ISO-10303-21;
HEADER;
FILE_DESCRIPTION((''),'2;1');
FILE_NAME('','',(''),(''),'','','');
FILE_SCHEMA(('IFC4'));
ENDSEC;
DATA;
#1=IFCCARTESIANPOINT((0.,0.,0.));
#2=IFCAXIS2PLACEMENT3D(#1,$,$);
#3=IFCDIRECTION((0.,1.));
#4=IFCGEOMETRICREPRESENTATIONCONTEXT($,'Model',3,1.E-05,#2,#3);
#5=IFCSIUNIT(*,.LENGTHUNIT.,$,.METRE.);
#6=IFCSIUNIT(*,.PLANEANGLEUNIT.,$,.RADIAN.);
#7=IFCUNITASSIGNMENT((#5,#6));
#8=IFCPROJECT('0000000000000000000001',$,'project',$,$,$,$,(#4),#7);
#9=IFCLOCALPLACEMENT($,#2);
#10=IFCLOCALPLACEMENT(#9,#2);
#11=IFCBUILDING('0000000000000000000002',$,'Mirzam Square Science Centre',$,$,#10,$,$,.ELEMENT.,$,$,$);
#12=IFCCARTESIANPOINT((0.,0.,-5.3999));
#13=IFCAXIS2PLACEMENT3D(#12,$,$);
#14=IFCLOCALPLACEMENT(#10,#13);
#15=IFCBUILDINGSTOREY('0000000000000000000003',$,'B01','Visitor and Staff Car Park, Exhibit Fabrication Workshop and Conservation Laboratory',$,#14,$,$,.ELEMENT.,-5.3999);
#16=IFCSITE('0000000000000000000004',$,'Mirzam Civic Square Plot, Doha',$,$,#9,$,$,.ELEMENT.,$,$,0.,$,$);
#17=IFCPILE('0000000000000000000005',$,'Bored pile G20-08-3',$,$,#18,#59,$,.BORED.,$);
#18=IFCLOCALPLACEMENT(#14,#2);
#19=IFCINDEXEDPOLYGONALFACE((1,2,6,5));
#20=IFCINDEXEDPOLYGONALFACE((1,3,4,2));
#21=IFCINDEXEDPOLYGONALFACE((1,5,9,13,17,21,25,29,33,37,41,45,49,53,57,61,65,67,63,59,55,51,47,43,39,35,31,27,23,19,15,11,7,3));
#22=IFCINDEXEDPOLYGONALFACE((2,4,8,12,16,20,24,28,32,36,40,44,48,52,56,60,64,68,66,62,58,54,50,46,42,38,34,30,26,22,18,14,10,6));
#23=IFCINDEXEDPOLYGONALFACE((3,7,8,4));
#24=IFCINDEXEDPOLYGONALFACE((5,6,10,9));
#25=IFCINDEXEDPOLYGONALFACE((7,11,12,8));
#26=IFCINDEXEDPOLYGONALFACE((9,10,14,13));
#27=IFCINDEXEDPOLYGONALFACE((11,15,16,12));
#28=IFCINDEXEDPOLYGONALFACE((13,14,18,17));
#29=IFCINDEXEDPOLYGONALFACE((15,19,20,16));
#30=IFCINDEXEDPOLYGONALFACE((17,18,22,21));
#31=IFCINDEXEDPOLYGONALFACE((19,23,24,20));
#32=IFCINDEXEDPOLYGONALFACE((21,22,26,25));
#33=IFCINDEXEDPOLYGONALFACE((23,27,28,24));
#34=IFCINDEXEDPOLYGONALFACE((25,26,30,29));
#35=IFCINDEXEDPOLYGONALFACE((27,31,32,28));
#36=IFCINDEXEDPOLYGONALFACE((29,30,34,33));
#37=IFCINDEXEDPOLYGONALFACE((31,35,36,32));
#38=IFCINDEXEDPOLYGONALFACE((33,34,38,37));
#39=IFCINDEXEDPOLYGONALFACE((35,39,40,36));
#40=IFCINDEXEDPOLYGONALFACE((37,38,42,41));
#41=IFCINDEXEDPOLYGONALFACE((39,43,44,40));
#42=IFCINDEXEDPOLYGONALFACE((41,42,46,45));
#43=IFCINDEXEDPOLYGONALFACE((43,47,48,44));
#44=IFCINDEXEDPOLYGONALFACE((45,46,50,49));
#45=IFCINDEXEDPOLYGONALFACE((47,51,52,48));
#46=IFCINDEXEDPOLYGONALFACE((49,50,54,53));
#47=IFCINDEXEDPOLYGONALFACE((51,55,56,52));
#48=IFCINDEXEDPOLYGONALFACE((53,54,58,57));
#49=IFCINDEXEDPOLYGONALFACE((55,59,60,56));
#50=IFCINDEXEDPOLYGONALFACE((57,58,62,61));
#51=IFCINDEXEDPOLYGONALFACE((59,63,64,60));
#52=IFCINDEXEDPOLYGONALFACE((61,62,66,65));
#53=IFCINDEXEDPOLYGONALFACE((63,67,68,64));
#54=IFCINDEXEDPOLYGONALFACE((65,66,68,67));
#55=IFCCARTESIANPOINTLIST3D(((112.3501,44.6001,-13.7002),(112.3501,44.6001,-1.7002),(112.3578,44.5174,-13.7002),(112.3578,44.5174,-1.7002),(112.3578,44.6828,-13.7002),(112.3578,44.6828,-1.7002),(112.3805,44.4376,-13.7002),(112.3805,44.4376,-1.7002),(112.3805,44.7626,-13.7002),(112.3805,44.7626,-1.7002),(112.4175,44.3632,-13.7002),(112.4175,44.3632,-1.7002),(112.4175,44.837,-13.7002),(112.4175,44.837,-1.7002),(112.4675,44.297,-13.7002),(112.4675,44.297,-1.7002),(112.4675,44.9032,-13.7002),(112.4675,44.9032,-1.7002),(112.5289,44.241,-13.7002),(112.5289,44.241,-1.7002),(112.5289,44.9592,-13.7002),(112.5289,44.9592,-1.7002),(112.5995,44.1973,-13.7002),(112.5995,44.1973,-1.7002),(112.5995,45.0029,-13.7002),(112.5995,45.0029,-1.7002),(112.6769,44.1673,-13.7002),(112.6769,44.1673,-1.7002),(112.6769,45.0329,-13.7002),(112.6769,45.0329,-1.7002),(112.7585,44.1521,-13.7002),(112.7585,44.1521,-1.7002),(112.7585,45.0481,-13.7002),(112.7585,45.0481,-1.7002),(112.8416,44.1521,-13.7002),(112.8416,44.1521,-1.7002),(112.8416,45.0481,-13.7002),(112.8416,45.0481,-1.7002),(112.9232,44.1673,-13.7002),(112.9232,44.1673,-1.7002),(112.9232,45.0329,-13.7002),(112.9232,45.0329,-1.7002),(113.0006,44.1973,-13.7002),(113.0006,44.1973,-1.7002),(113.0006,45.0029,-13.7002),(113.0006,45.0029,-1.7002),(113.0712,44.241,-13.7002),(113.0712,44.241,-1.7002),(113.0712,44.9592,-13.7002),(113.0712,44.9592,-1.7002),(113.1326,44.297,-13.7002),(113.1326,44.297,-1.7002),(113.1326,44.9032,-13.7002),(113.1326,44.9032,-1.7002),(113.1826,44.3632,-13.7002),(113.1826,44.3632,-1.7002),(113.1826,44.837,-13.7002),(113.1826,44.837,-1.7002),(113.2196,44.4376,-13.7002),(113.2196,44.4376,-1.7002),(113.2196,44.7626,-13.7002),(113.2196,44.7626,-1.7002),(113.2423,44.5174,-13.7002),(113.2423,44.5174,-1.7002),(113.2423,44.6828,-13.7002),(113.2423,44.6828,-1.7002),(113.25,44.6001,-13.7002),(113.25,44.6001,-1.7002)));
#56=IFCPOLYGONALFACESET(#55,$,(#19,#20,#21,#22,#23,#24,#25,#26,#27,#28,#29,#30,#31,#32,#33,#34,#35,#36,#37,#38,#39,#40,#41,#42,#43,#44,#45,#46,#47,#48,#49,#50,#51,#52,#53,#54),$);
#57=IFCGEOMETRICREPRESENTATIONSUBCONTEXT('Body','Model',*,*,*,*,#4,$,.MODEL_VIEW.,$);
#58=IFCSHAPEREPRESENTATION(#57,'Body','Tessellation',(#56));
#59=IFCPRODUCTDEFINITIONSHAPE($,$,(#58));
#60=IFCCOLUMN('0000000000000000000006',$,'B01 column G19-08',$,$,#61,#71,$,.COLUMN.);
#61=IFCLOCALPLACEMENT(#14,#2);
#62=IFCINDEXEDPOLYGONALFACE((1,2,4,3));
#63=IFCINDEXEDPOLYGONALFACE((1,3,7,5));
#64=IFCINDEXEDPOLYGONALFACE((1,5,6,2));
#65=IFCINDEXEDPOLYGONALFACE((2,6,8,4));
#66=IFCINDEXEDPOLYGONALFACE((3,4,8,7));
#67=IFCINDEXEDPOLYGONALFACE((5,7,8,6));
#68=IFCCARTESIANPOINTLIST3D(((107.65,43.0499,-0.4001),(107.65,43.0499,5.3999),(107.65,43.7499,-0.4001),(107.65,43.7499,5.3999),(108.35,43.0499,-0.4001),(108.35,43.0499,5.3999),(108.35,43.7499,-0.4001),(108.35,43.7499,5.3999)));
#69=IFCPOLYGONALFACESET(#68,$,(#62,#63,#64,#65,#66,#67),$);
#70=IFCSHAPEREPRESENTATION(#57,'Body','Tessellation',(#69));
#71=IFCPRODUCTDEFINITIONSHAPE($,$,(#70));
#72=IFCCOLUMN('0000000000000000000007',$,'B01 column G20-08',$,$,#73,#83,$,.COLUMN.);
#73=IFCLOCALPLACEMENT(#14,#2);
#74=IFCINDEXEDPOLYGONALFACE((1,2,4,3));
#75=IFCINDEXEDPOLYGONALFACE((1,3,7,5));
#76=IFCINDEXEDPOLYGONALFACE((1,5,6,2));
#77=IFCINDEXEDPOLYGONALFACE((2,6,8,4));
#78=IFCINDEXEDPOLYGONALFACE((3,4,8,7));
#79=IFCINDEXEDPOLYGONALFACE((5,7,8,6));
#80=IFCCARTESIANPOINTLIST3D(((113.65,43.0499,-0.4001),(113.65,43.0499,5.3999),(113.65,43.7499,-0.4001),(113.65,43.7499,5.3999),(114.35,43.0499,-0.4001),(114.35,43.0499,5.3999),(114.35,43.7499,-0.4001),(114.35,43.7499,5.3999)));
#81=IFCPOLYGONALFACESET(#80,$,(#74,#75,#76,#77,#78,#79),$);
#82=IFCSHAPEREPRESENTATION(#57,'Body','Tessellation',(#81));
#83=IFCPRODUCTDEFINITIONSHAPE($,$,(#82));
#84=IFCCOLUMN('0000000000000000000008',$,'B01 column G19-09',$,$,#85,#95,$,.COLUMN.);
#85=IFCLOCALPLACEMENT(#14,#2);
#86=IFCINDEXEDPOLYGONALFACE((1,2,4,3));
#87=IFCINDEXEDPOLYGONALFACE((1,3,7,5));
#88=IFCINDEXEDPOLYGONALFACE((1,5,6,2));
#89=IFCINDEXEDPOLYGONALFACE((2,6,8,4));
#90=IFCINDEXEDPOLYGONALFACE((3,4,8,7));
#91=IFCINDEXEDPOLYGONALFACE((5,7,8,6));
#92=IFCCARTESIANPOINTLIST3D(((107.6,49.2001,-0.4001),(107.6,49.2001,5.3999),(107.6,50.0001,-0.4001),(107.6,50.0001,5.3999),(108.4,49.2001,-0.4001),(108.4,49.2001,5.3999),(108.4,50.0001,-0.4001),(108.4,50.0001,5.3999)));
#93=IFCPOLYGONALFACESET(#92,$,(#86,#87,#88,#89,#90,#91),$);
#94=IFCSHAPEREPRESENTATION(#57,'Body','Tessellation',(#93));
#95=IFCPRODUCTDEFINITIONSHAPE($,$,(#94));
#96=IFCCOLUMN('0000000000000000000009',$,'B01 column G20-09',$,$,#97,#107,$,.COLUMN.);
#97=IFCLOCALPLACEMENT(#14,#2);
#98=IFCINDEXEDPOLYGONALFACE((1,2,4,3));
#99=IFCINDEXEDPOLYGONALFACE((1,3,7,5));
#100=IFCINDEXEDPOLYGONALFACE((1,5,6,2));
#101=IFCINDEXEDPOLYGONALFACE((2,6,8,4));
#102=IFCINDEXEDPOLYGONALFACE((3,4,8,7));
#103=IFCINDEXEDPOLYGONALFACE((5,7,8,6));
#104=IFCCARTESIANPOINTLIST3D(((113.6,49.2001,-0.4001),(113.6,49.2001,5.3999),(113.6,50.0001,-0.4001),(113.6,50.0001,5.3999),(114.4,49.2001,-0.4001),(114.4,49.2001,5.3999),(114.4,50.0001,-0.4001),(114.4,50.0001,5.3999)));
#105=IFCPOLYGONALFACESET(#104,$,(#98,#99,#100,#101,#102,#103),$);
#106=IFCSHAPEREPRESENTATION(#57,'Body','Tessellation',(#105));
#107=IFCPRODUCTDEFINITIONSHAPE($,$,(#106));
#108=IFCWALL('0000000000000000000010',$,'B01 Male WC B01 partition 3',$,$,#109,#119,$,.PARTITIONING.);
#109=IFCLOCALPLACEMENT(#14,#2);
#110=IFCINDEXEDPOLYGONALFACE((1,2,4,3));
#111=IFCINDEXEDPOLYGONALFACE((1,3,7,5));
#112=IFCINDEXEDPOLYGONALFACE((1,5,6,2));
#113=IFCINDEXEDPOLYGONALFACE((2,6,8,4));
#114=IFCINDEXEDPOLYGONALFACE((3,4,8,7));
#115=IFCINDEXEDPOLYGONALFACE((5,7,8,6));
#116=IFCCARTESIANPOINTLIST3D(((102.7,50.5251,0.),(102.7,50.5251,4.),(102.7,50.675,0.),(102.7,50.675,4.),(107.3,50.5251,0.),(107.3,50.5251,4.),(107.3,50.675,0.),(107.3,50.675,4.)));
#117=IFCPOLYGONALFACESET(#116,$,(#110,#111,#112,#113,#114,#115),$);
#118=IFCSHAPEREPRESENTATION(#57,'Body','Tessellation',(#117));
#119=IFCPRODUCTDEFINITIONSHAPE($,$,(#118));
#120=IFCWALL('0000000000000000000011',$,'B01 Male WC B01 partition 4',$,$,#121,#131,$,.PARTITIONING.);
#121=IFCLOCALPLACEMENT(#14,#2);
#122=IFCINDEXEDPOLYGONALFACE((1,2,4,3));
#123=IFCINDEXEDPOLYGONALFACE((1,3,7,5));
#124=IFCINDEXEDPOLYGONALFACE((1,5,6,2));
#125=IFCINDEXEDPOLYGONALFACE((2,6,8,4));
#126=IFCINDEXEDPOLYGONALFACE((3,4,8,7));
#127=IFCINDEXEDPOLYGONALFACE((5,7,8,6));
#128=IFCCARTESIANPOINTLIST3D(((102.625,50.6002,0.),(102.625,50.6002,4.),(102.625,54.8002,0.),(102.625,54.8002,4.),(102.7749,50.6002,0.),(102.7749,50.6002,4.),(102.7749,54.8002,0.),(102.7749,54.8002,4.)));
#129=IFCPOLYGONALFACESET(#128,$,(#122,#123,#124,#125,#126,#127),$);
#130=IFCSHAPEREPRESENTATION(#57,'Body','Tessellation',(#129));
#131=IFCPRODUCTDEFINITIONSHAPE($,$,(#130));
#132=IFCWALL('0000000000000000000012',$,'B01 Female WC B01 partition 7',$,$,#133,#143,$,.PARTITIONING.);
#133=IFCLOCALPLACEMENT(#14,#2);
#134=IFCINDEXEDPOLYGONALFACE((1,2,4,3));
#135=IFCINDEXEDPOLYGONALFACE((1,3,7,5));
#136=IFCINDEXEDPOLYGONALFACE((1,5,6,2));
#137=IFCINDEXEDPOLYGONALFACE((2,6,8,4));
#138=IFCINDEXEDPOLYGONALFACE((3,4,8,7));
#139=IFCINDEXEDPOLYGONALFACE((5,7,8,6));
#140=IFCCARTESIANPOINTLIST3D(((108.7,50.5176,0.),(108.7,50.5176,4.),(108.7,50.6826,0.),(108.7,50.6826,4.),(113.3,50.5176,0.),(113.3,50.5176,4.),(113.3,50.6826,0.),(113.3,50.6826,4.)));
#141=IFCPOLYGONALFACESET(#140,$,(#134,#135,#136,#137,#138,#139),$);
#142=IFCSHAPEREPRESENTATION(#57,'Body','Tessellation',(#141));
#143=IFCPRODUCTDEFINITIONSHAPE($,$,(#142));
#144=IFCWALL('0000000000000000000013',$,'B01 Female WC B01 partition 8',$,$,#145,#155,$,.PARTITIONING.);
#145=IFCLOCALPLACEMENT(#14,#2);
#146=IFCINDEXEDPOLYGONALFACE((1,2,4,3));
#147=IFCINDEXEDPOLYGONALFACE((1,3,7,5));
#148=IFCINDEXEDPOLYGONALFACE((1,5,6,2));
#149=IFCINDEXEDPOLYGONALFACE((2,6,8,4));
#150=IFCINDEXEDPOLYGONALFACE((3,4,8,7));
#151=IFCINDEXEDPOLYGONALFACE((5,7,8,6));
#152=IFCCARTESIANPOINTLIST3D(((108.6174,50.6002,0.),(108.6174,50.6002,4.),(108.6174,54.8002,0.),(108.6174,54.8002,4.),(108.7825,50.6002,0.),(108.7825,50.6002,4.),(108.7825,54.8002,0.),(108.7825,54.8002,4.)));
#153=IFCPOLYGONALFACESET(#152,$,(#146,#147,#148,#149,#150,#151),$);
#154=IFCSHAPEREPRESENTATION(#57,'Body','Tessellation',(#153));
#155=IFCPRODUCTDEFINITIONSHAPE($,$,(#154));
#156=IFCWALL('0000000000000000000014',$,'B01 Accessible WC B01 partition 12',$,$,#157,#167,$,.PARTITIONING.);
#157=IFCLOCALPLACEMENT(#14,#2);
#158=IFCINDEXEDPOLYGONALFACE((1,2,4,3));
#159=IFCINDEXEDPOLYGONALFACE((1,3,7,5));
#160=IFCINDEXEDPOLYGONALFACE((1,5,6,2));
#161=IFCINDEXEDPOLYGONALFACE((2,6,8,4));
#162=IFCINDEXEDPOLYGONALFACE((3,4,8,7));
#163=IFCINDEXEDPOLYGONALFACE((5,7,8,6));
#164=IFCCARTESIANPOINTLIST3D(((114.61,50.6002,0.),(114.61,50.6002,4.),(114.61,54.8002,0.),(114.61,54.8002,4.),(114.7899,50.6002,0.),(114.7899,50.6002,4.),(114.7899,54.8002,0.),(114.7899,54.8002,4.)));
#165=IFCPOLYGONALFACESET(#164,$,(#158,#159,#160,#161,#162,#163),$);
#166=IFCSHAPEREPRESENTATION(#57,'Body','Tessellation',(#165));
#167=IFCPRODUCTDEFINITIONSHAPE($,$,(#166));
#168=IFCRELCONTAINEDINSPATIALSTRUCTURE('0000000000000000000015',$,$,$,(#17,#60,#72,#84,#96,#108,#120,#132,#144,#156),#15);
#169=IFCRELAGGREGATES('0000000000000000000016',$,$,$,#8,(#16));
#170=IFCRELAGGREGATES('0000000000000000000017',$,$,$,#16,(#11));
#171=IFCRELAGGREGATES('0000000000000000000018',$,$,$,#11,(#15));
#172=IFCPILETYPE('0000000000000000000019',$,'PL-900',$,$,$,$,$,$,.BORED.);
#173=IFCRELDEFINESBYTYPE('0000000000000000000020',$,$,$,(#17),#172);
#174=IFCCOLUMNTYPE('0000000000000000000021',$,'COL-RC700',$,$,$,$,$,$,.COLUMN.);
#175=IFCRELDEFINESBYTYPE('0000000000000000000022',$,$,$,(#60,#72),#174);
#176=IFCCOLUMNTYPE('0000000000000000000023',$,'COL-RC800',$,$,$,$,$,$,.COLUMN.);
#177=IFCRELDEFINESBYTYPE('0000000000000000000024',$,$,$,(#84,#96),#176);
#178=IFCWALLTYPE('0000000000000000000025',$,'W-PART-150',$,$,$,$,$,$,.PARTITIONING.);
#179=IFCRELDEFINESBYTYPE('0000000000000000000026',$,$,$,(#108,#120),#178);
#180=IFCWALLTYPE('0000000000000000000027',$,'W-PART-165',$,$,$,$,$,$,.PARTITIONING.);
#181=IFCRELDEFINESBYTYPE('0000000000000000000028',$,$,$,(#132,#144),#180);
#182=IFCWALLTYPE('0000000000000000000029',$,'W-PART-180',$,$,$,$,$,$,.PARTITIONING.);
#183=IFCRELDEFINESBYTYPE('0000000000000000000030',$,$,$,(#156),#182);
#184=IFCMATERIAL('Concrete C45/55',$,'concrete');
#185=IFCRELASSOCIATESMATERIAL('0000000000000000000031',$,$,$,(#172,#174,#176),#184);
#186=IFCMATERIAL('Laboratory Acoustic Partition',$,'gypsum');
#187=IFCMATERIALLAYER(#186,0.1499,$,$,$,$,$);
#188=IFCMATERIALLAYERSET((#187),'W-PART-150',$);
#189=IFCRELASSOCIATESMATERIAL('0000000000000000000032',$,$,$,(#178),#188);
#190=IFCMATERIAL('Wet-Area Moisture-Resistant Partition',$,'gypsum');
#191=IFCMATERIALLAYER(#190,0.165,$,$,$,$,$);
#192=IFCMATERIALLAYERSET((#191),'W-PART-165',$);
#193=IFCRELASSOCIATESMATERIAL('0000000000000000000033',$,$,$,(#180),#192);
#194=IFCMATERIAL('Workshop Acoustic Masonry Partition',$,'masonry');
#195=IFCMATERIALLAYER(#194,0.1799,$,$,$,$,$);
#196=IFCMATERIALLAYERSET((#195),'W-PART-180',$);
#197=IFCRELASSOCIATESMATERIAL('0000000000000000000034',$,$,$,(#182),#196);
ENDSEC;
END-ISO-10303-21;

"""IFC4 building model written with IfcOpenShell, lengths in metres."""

from ifc_helpers import new_model, si_unit, direction, frame, frame_2d, origin, origin_2d, place, context, subcontext, project, spatial, rectangle, circle, extrude, material, layer, layer_set, material_profile, profile_set, type_object, element, save


model = new_model("IFC4")

# Units and contexts
model_context = context("Model", 3, precision=1e-05, world=origin(), true_north=direction((0.0, 1.0)))
body_context = subcontext(model_context, "Body", "Model", "MODEL_VIEW")
ifc_project = project(units=[si_unit("LENGTHUNIT", "METRE"), si_unit("PLANEANGLEUNIT", "RADIAN")], contexts=[model_context])

# Site, building, storey
site_placement = place(None, origin())
site = spatial("IfcSite", under=ifc_project, at=site_placement, Name="Mirzam Civic Square Plot, Doha", CompositionType="ELEMENT", RefElevation=0.0)
building_placement = place(site_placement, origin())
building = spatial("IfcBuilding", under=site, at=building_placement, Name="Mirzam Square Science Centre", CompositionType="ELEMENT")
storey_placement = place(building_placement, frame((0.0, 0.0, -5.3999)))
storey = spatial("IfcBuildingStorey", under=building, at=storey_placement, Name="B01", Description="Visitor and Staff Car Park, Exhibit Fabrication Workshop and Conservation Laboratory", CompositionType="ELEMENT", Elevation=-5.3999)

# Shared definitions
ifc_material_1 = material(Name="Concrete C45/55", Category="concrete")

# Pile
ifc_material_profile_1 = material_profile(ifc_material_1, circle(Radius=0.45, at=origin_2d()), Name="PILE-D900")
ifc_profile_set_1 = profile_set([ifc_material_profile_1], Name="Concrete C45/55")
pile_type_1 = type_object("IfcPileType", Name="PL-900", PredefinedType="BORED", material=ifc_profile_set_1)
for number, where, z_axis, x_axis, name in (
    (1, (112.8, 44.6001, -1.7002), (0.0, 0.0, -1.0), (1.0, 0.0, 0.0), "Bored pile G20-08-3"),
):
    element("IfcPile", number, at=place(storey_placement, frame(where, z_axis=z_axis, x_axis=x_axis)), inside=storey, type_object=pile_type_1, Name=name, PredefinedType="BORED", context=body_context, shape_type="SweptSolid", body=[
        extrude(circle(Radius=0.45, at=origin_2d()), origin(), (0.0, 0.0, 1.0), 12.0),
    ])

# Columns
ifc_material_profile_2 = material_profile(ifc_material_1, rectangle(XDim=0.7, YDim=0.7, at=origin_2d()), Name="RC700x700")
ifc_profile_set_2 = profile_set([ifc_material_profile_2], Name="Concrete C45/55")
column_type_1 = type_object("IfcColumnType", Name="COL-RC700", PredefinedType="COLUMN", material=ifc_profile_set_2)
for number, where, z_axis, x_axis, name in (
    (2, (108.0, 43.3999, -0.4001), (0.0, 0.0, 1.0), (1.0, 0.0, 0.0), "B01 column G19-08"),
    (3, (114.0, 43.3999, -0.4001), (0.0, 0.0, 1.0), (1.0, 0.0, 0.0), "B01 column G20-08"),
):
    element("IfcColumn", number, at=place(storey_placement, frame(where, z_axis=z_axis, x_axis=x_axis)), inside=storey, type_object=column_type_1, Name=name, PredefinedType="COLUMN", context=body_context, shape_type="SweptSolid", body=[
        extrude(rectangle(XDim=0.7, YDim=0.7, at=origin_2d()), origin(), (0.0, 0.0, 1.0), 5.8),
    ])
ifc_material_profile_3 = material_profile(ifc_material_1, rectangle(XDim=0.8, YDim=0.8, at=origin_2d()), Name="RC800x800")
ifc_profile_set_3 = profile_set([ifc_material_profile_3], Name="Concrete C45/55")
column_type_2 = type_object("IfcColumnType", Name="COL-RC800", PredefinedType="COLUMN", material=ifc_profile_set_3)
for number, where, z_axis, x_axis, name in (
    (4, (108.0, 49.6001, -0.4001), (0.0, 0.0, 1.0), (1.0, 0.0, 0.0), "B01 column G19-09"),
    (5, (114.0, 49.6001, -0.4001), (0.0, 0.0, 1.0), (1.0, 0.0, 0.0), "B01 column G20-09"),
):
    element("IfcColumn", number, at=place(storey_placement, frame(where, z_axis=z_axis, x_axis=x_axis)), inside=storey, type_object=column_type_2, Name=name, PredefinedType="COLUMN", context=body_context, shape_type="SweptSolid", body=[
        extrude(rectangle(XDim=0.8, YDim=0.8, at=origin_2d()), origin(), (0.0, 0.0, 1.0), 5.8),
    ])

# Walls
ifc_material_2 = material(Name="Laboratory Acoustic Partition", Category="gypsum")
ifc_layer_1 = layer(ifc_material_2, 0.1499)
ifc_layer_set_1 = layer_set([ifc_layer_1], Name="W-PART-150")
wall_type_1 = type_object("IfcWallType", Name="W-PART-150", PredefinedType="PARTITIONING", material=ifc_layer_set_1)
wall_1_placement = place(storey_placement, frame((107.3, 50.6001, 0.0), z_axis=(0.0, 0.0, 1.0), x_axis=(-1.0, 0.0, 0.0)))
element("IfcWall", 6, at=wall_1_placement, inside=storey, type_object=wall_type_1, Name="B01 Male WC B01 partition 3", PredefinedType="PARTITIONING", context=body_context, shape_type="SweptSolid", body=[
    extrude(rectangle(XDim=4.6001, YDim=0.1499, at=frame_2d((2.3, 0.0))), origin(), (0.0, 0.0, 1.0), 4.0),
])
wall_2_placement = place(storey_placement, frame((102.7, 50.6001, 0.0), z_axis=(0.0, 0.0, 1.0), x_axis=(0.0, 1.0, 0.0)))
element("IfcWall", 7, at=wall_2_placement, inside=storey, type_object=wall_type_1, Name="B01 Male WC B01 partition 4", PredefinedType="PARTITIONING", context=body_context, shape_type="SweptSolid", body=[
    extrude(rectangle(XDim=4.2, YDim=0.1499, at=frame_2d((2.1001, 0.0))), origin(), (0.0, 0.0, 1.0), 4.0),
])
ifc_material_3 = material(Name="Wet-Area Moisture-Resistant Partition", Category="gypsum")
ifc_layer_2 = layer(ifc_material_3, 0.165)
ifc_layer_set_2 = layer_set([ifc_layer_2], Name="W-PART-165")
wall_type_2 = type_object("IfcWallType", Name="W-PART-165", PredefinedType="PARTITIONING", material=ifc_layer_set_2)
wall_3_placement = place(storey_placement, frame((113.3, 50.6001, 0.0), z_axis=(0.0, 0.0, 1.0), x_axis=(-1.0, 0.0, 0.0)))
element("IfcWall", 8, at=wall_3_placement, inside=storey, type_object=wall_type_2, Name="B01 Female WC B01 partition 7", PredefinedType="PARTITIONING", context=body_context, shape_type="SweptSolid", body=[
    extrude(rectangle(XDim=4.6001, YDim=0.165, at=frame_2d((2.3, 0.0))), origin(), (0.0, 0.0, 1.0), 4.0),
])
wall_4_placement = place(storey_placement, frame((108.7, 50.6001, 0.0), z_axis=(0.0, 0.0, 1.0), x_axis=(0.0, 1.0, 0.0)))
element("IfcWall", 9, at=wall_4_placement, inside=storey, type_object=wall_type_2, Name="B01 Female WC B01 partition 8", PredefinedType="PARTITIONING", context=body_context, shape_type="SweptSolid", body=[
    extrude(rectangle(XDim=4.2, YDim=0.165, at=frame_2d((2.1001, 0.0))), origin(), (0.0, 0.0, 1.0), 4.0),
])
ifc_material_4 = material(Name="Workshop Acoustic Masonry Partition", Category="masonry")
ifc_layer_3 = layer(ifc_material_4, 0.1799)
ifc_layer_set_3 = layer_set([ifc_layer_3], Name="W-PART-180")
wall_type_3 = type_object("IfcWallType", Name="W-PART-180", PredefinedType="PARTITIONING", material=ifc_layer_set_3)
wall_5_placement = place(storey_placement, frame((114.7, 50.6001, 0.0), z_axis=(0.0, 0.0, 1.0), x_axis=(0.0, 1.0, 0.0)))
element("IfcWall", 10, at=wall_5_placement, inside=storey, type_object=wall_type_3, Name="B01 Accessible WC B01 partition 12", PredefinedType="PARTITIONING", context=body_context, shape_type="SweptSolid", body=[
    extrude(rectangle(XDim=4.2, YDim=0.1799, at=frame_2d((2.1001, 0.0))), origin(), (0.0, 0.0, 1.0), 4.0),
])

save(model, "model.ifc")
